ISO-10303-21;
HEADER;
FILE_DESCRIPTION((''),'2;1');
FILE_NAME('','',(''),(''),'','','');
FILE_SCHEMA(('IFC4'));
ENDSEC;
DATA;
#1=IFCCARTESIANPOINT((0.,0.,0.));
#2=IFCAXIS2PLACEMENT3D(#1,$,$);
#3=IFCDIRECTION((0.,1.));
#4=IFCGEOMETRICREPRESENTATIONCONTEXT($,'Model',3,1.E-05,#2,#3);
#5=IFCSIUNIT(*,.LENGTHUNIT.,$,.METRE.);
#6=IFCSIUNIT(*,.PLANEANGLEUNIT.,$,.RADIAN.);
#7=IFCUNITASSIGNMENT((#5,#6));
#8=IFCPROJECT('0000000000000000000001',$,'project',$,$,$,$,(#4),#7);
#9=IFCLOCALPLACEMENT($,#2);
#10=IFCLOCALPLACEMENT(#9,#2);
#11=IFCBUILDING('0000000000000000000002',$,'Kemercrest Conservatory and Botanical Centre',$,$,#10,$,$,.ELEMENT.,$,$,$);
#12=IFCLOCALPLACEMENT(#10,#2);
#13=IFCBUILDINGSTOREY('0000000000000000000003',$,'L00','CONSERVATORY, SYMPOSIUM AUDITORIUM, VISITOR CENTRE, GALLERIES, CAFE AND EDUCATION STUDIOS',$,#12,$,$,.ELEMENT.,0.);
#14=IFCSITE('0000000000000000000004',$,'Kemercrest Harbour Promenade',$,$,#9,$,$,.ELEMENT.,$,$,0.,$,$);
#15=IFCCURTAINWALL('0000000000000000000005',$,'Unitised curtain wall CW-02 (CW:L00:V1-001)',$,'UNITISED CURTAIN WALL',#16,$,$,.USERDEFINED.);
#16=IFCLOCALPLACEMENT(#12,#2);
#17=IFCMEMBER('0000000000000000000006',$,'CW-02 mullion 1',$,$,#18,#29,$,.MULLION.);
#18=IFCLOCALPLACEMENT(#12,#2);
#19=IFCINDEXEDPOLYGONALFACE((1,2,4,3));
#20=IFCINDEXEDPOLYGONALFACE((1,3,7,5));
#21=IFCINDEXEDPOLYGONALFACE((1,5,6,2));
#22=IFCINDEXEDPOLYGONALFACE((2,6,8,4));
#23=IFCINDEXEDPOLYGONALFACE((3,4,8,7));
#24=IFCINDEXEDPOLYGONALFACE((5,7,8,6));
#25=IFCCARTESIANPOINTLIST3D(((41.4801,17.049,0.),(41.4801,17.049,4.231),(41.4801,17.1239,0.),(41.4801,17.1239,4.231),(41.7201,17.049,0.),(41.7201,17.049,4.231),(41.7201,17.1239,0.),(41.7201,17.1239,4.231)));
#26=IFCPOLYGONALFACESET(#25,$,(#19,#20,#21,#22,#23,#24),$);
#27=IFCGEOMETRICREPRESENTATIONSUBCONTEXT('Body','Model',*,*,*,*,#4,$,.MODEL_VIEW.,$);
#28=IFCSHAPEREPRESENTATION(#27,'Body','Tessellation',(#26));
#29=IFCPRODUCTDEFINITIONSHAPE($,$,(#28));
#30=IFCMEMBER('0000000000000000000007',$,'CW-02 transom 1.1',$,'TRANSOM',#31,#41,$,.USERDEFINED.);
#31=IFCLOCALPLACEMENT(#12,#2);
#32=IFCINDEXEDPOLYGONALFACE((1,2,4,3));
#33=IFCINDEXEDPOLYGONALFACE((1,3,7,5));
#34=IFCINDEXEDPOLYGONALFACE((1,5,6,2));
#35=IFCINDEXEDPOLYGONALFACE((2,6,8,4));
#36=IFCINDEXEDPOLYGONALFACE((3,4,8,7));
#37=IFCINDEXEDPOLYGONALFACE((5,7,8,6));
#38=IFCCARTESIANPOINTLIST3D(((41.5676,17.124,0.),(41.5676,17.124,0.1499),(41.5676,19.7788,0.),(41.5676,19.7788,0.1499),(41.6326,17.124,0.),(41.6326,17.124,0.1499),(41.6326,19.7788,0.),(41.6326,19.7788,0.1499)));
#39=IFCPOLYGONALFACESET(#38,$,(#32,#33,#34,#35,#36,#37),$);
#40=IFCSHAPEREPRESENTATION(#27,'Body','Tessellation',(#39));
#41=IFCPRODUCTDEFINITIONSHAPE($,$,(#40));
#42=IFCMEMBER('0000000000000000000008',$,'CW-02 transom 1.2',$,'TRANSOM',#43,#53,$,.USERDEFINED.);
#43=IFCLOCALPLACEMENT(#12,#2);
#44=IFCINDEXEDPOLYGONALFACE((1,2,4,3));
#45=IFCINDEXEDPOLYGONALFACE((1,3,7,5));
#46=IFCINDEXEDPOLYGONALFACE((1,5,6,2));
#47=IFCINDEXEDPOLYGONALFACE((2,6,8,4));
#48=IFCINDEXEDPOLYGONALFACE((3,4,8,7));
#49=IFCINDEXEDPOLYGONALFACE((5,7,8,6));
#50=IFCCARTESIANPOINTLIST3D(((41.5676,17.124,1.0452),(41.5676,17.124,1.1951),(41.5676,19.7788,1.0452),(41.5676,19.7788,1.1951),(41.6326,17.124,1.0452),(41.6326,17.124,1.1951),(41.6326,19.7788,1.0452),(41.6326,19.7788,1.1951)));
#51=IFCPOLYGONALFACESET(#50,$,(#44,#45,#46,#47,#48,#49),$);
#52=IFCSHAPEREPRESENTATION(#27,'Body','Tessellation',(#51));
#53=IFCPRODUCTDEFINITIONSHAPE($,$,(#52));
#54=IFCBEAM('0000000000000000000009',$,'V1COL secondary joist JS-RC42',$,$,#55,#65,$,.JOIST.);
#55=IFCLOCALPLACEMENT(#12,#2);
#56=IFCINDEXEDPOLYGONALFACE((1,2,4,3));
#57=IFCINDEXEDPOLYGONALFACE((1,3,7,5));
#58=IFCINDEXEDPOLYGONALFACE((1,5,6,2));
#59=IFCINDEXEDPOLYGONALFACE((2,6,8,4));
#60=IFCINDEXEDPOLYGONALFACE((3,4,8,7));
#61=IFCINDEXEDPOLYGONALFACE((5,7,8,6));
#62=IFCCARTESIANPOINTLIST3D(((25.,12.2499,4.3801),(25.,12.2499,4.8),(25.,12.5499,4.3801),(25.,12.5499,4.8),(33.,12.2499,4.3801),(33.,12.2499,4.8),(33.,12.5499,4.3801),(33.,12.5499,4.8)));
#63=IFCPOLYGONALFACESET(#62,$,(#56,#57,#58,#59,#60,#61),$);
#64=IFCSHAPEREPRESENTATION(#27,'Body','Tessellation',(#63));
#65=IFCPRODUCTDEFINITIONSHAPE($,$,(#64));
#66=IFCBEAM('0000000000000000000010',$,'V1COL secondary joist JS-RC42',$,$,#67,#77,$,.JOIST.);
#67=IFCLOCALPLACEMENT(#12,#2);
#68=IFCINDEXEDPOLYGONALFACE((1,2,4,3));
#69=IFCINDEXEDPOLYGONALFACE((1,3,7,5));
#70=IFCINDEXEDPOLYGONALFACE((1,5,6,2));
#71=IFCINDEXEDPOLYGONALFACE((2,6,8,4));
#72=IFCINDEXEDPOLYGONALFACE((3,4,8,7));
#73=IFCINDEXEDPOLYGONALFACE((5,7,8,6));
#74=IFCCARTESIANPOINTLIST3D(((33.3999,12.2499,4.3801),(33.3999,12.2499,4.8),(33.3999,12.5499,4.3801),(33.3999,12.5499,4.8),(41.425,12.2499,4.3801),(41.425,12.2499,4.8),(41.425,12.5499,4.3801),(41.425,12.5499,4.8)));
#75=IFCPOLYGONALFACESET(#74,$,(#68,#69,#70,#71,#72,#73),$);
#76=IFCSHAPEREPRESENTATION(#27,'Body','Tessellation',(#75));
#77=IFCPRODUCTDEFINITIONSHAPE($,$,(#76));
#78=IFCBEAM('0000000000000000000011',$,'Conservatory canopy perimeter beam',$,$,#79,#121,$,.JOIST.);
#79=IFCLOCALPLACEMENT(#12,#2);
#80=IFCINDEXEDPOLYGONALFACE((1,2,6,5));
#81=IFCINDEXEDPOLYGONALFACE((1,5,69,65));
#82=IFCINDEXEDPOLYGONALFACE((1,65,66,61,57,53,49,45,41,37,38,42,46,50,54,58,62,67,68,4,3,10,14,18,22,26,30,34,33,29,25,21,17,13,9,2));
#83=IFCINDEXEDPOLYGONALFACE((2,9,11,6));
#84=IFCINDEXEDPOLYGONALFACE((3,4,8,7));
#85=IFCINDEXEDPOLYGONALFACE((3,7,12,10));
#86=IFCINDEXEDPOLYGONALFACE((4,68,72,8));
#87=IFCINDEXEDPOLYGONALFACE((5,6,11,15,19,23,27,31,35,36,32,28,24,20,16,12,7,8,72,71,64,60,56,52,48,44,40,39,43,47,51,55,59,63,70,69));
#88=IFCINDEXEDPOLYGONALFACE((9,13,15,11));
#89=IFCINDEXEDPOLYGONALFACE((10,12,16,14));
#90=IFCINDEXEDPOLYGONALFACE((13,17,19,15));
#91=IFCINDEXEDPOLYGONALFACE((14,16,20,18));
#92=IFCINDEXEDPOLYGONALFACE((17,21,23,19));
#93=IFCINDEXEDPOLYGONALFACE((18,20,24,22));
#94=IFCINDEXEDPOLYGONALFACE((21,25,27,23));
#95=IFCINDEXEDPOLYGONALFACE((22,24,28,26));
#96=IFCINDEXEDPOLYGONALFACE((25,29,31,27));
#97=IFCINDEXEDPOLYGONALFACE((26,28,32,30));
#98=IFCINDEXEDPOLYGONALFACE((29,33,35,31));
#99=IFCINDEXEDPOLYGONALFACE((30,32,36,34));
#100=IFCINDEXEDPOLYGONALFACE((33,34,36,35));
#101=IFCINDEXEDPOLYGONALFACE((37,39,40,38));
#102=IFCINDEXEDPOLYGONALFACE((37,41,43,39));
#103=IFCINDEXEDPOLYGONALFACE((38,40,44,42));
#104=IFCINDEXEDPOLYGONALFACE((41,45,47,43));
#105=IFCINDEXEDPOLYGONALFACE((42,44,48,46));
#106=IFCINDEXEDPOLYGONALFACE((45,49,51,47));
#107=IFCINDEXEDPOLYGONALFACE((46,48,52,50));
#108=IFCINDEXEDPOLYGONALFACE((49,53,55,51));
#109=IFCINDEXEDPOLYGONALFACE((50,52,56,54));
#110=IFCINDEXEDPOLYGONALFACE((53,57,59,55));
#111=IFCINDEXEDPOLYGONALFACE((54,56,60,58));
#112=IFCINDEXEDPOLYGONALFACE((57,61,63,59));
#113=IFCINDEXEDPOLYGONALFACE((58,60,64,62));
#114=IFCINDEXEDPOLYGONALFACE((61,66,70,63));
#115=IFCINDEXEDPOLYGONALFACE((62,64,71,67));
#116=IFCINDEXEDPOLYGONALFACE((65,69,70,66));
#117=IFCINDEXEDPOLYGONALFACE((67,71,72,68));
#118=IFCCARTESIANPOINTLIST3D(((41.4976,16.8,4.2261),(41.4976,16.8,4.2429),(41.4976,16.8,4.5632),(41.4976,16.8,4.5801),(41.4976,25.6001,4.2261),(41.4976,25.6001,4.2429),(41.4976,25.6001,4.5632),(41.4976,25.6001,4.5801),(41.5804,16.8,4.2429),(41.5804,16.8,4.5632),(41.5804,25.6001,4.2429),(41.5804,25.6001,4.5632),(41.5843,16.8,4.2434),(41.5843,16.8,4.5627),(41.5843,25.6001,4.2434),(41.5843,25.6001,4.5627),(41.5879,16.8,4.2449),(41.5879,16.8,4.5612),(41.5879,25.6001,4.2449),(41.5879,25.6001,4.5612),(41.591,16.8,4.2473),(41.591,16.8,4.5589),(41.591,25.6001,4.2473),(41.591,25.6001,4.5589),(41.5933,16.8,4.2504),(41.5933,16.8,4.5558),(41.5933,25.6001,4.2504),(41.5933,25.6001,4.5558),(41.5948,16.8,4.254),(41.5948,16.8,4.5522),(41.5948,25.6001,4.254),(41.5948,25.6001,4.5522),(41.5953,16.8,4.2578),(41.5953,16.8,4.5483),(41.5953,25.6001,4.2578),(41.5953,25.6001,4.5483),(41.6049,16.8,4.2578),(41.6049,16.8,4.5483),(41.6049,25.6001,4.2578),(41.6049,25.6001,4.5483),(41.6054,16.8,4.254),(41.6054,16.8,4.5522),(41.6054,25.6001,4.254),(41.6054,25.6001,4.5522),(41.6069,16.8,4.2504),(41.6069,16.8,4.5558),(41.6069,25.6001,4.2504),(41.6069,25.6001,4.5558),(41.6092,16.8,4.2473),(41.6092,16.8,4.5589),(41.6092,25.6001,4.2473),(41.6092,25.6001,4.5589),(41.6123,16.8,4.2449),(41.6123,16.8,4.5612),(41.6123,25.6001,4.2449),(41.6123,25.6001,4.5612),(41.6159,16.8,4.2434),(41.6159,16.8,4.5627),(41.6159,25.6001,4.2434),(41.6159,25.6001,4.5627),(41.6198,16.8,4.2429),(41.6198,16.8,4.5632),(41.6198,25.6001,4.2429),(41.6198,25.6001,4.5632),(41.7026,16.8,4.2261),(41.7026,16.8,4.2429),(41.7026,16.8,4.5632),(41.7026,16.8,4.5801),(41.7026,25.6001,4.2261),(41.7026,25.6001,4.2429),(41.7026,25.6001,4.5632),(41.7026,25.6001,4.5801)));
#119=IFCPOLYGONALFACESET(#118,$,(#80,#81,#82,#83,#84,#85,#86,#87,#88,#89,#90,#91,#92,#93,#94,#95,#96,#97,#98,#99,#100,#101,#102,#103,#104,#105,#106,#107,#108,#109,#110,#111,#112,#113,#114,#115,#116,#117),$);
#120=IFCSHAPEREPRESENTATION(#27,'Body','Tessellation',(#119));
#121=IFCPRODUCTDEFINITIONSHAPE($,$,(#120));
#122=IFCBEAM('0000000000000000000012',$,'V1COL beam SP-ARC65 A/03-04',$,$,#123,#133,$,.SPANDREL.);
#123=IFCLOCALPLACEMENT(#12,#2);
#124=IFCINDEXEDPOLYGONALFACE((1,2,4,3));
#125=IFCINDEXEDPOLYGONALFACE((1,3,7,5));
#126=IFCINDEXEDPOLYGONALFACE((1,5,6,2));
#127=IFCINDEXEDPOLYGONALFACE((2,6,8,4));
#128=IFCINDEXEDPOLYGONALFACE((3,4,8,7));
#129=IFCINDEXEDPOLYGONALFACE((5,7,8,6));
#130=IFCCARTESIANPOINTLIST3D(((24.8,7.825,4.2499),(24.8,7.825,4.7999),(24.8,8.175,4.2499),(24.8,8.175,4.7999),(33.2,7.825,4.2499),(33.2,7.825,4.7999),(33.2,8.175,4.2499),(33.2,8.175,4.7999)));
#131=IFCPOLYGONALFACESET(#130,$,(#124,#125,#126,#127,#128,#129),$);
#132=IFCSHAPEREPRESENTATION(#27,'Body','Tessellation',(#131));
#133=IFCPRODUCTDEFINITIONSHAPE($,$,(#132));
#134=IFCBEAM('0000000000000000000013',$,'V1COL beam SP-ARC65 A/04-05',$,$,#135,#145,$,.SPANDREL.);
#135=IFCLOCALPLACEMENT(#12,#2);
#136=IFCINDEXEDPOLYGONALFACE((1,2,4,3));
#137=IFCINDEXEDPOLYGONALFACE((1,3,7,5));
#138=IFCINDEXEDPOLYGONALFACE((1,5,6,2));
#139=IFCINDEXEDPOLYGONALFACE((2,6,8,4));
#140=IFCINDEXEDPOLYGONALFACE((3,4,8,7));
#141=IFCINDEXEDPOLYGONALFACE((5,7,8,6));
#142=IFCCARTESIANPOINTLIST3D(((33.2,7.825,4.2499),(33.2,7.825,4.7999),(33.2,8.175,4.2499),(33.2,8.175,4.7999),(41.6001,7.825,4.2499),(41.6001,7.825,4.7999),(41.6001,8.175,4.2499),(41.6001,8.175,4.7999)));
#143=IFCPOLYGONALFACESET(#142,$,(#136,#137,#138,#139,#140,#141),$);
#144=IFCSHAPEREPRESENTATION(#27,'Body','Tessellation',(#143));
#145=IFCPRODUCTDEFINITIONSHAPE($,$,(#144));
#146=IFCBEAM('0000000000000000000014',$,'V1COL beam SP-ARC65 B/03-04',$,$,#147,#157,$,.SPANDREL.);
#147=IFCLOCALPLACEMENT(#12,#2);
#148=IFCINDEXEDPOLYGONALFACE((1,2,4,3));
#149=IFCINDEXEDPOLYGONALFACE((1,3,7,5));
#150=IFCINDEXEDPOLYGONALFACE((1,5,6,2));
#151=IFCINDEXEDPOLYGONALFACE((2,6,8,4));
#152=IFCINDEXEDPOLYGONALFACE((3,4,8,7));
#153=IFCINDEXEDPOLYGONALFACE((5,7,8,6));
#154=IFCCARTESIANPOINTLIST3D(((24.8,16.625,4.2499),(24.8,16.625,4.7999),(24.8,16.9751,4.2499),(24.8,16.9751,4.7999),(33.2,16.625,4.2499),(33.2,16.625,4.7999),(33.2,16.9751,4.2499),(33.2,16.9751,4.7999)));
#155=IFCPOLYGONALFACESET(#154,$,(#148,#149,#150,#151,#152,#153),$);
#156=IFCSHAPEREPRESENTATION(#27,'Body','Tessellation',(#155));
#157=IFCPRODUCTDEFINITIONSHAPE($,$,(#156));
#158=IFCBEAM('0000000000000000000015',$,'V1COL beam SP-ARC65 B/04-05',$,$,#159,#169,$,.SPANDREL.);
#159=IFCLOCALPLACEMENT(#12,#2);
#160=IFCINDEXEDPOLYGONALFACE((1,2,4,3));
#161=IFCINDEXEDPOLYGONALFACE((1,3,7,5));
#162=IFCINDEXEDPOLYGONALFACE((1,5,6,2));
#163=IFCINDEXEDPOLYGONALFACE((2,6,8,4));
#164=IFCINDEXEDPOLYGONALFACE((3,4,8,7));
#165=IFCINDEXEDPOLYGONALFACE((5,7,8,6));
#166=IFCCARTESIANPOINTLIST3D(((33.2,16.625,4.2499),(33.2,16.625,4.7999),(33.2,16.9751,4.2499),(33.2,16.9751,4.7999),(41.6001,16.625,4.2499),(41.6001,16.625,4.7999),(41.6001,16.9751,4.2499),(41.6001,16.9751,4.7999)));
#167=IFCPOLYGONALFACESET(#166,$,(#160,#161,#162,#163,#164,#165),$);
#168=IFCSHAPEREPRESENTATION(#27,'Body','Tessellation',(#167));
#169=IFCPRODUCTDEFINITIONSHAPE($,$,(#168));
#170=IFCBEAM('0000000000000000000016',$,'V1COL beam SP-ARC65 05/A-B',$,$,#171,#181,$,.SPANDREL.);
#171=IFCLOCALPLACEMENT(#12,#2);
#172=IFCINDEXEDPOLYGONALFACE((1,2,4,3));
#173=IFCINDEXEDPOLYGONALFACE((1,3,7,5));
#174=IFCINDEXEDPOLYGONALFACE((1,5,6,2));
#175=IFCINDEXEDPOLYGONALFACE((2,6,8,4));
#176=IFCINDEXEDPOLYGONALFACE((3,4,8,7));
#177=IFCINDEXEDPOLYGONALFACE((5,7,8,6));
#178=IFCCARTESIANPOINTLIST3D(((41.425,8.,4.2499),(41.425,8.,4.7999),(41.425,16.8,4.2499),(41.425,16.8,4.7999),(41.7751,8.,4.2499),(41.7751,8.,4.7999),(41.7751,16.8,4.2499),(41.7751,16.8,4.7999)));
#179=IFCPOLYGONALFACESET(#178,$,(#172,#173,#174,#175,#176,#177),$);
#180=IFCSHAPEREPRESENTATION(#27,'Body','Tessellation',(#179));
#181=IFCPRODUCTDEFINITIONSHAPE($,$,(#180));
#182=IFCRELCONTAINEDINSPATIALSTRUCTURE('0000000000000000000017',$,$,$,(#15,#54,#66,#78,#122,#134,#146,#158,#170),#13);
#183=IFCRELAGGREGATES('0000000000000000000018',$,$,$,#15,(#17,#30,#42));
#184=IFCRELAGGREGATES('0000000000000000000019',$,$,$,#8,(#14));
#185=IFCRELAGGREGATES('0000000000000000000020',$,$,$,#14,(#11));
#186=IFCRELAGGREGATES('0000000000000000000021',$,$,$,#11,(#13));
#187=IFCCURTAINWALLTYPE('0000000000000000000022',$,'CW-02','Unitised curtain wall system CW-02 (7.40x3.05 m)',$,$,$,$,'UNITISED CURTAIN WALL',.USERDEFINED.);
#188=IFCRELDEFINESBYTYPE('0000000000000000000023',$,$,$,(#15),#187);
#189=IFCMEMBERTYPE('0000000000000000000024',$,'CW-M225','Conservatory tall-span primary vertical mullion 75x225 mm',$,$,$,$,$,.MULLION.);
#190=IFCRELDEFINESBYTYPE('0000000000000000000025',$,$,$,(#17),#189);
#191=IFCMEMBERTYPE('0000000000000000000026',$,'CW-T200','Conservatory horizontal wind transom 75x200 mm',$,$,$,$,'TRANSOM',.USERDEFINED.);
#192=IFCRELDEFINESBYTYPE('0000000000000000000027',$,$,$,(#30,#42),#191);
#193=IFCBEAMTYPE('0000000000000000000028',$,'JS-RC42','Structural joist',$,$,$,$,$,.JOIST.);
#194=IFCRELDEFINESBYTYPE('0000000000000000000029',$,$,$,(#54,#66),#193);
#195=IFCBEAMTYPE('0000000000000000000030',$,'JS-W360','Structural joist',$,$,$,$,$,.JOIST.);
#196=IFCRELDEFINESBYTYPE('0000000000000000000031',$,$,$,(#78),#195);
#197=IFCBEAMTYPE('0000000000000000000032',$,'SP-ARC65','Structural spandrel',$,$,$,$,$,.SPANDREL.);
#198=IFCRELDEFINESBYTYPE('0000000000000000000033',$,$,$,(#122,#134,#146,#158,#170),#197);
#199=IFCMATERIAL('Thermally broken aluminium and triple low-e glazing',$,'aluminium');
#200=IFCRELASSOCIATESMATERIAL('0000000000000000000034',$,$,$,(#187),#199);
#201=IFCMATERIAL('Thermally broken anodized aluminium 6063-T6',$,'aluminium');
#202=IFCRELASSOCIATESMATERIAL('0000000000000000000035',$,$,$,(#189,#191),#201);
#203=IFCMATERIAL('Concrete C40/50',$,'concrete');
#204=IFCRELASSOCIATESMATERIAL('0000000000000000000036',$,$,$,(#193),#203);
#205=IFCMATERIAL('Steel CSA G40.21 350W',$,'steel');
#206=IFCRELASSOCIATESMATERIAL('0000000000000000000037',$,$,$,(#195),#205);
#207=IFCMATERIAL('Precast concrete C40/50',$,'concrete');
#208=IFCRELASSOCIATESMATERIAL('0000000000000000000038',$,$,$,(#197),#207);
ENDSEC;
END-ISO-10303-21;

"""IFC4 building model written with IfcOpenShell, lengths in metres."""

from ifc_helpers import new_model, si_unit, direction, frame, origin, origin_2d, place, context, subcontext, project, spatial, rectangle, i_section, extrude, material, material_profile, profile_set, type_object, element, aggregate, save


model = new_model("IFC4")

# Units and contexts
model_context = context("Model", 3, precision=1e-05, world=origin(), true_north=direction((0.0, 1.0)))
body_context = subcontext(model_context, "Body", "Model", "MODEL_VIEW")
ifc_project = project(units=[si_unit("LENGTHUNIT", "METRE"), si_unit("PLANEANGLEUNIT", "RADIAN")], contexts=[model_context])

# Site, building, storey
site_placement = place(None, origin())
site = spatial("IfcSite", under=ifc_project, at=site_placement, Name="Kemercrest Harbour Promenade", CompositionType="ELEMENT", RefElevation=0.0)
building_placement = place(site_placement, origin())
building = spatial("IfcBuilding", under=site, at=building_placement, Name="Kemercrest Conservatory and Botanical Centre", CompositionType="ELEMENT")
storey_placement = place(building_placement, origin())
storey = spatial("IfcBuildingStorey", under=building, at=storey_placement, Name="L00", Description="CONSERVATORY, SYMPOSIUM AUDITORIUM, VISITOR CENTRE, GALLERIES, CAFE AND EDUCATION STUDIOS", CompositionType="ELEMENT", Elevation=0.0)

# Shared definitions
ifc_material_1 = material(Name="Steel CSA G40.21 350W", Category="steel")
ifc_material_2 = material(Name="Precast concrete C40/50", Category="concrete")

# Shared definitions
ifc_material_3 = material(Name="Concrete C40/50", Category="concrete")

# Curtain wall, members
ifc_material_4 = material(Name="Thermally broken aluminium and triple low-e glazing", Category="aluminium")
curtain_wall_type = type_object("IfcCurtainWallType", Name="CW-02", Description="Unitised curtain wall system CW-02 (7.40x3.05 m)", ElementType="UNITISED CURTAIN WALL", PredefinedType="USERDEFINED", material=ifc_material_4)
curtain_wall_placement = place(storey_placement, origin())
curtain_wall = element("IfcCurtainWall", 1, at=curtain_wall_placement, inside=storey, type_object=curtain_wall_type, Name="Unitised curtain wall CW-02 (CW:L00:V1-001)", ObjectType="UNITISED CURTAIN WALL", PredefinedType="USERDEFINED")
ifc_material_5 = material(Name="Thermally broken anodized aluminium 6063-T6", Category="aluminium")
ifc_material_profile_1 = material_profile(ifc_material_5, rectangle(XDim=0.24, YDim=0.075, at=origin_2d()), Name="AL MULLION 75x240")
ifc_profile_set_1 = profile_set([ifc_material_profile_1], Name="Thermally broken anodized aluminium 6063-T6")
member_type_1 = type_object("IfcMemberType", Name="CW-M225", Description="Conservatory tall-span primary vertical mullion 75x225 mm", PredefinedType="MULLION", material=ifc_profile_set_1)
member_1_placement = place(storey_placement, frame((41.6001, 17.0864, 0.0), z_axis=(0.0, 0.0, 1.0), x_axis=(-1.0, 0.0, 0.0)))
member_1 = element("IfcMember", 2, at=member_1_placement, type_object=member_type_1, Name="CW-02 mullion 1", PredefinedType="MULLION", context=body_context, shape_type="SweptSolid", body=[
    extrude(rectangle(XDim=0.24, YDim=0.075, at=origin_2d()), origin(), (0.0, 0.0, 1.0), 4.231),
])
ifc_material_profile_2 = material_profile(ifc_material_5, rectangle(XDim=0.0649, YDim=0.1499, at=origin_2d()), Name="AL TRANSOM 65x150")
ifc_profile_set_2 = profile_set([ifc_material_profile_2], Name="Thermally broken anodized aluminium 6063-T6")
member_type_2 = type_object("IfcMemberType", Name="CW-T200", Description="Conservatory horizontal wind transom 75x200 mm", ElementType="TRANSOM", PredefinedType="USERDEFINED", material=ifc_profile_set_2)
member_2_placement = place(storey_placement, frame((41.6001, 17.124, 0.075), z_axis=(0.0, 1.0, 0.0), x_axis=(-1.0, 0.0, 0.0)))
member_2 = element("IfcMember", 3, at=member_2_placement, type_object=member_type_2, Name="CW-02 transom 1.1", ObjectType="TRANSOM", PredefinedType="USERDEFINED", context=body_context, shape_type="SweptSolid", body=[
    extrude(rectangle(XDim=0.0649, YDim=0.1499, at=origin_2d()), origin(), (0.0, 0.0, 1.0), 2.6548),
])
member_3_placement = place(storey_placement, frame((41.6001, 17.124, 1.1201), z_axis=(0.0, 1.0, 0.0), x_axis=(-1.0, 0.0, 0.0)))
member_3 = element("IfcMember", 4, at=member_3_placement, type_object=member_type_2, Name="CW-02 transom 1.2", ObjectType="TRANSOM", PredefinedType="USERDEFINED", context=body_context, shape_type="SweptSolid", body=[
    extrude(rectangle(XDim=0.0649, YDim=0.1499, at=origin_2d()), origin(), (0.0, 0.0, 1.0), 2.6548),
])
aggregate(curtain_wall, [member_1, member_2, member_3])

# Beams
ifc_material_profile_3 = material_profile(ifc_material_3, rectangle(XDim=0.3, YDim=0.4199, at=origin_2d()), Name="RC 300x420")
ifc_profile_set_3 = profile_set([ifc_material_profile_3], Name="Concrete C40/50")
beam_type_1 = type_object("IfcBeamType", Name="JS-RC42", Description="Structural joist", PredefinedType="JOIST", material=ifc_profile_set_3)
beam_1_placement = place(storey_placement, frame((25.0, 12.3999, 4.5901), z_axis=(1.0, 0.0, 0.0), x_axis=(0.0, 1.0, 0.0)))
element("IfcBeam", 5, at=beam_1_placement, inside=storey, type_object=beam_type_1, Name="V1COL secondary joist JS-RC42", PredefinedType="JOIST", context=body_context, shape_type="SweptSolid", body=[
    extrude(rectangle(XDim=0.3, YDim=0.4199, at=origin_2d()), origin(), (0.0, 0.0, 1.0), 8.0),
])
beam_2_placement = place(storey_placement, frame((33.3999, 12.3999, 4.5901), z_axis=(1.0, 0.0, 0.0), x_axis=(0.0, 1.0, 0.0)))
element("IfcBeam", 6, at=beam_2_placement, inside=storey, type_object=beam_type_1, Name="V1COL secondary joist JS-RC42", PredefinedType="JOIST", context=body_context, shape_type="SweptSolid", body=[
    extrude(rectangle(XDim=0.3, YDim=0.4199, at=origin_2d()), origin(), (0.0, 0.0, 1.0), 8.0251),
])
ifc_material_profile_4 = material_profile(ifc_material_1, i_section(OverallWidth=0.2051, OverallDepth=0.354, WebThickness=0.0095, FlangeThickness=0.0168, FilletRadius=0.0149, at=origin_2d()), Name="W360X79")
ifc_profile_set_4 = profile_set([ifc_material_profile_4], Name="Steel CSA G40.21 350W")
beam_type_2 = type_object("IfcBeamType", Name="JS-W360", Description="Structural joist", PredefinedType="JOIST", material=ifc_profile_set_4)
beam_3_placement = place(storey_placement, frame((41.6001, 16.8, 4.4031), z_axis=(0.0, 1.0, 0.0), x_axis=(-1.0, 0.0, 0.0)))
element("IfcBeam", 7, at=beam_3_placement, inside=storey, type_object=beam_type_2, Name="Conservatory canopy perimeter beam", PredefinedType="JOIST", context=body_context, shape_type="SweptSolid", body=[
    extrude(i_section(OverallWidth=0.2051, OverallDepth=0.354, WebThickness=0.0095, FlangeThickness=0.0168, FilletRadius=0.0149, at=origin_2d()), origin(), (0.0, 0.0, 1.0), 8.8),
])
ifc_material_profile_5 = material_profile(ifc_material_2, rectangle(XDim=0.3501, YDim=0.55, at=origin_2d()), Name="RC 350x550")
ifc_profile_set_5 = profile_set([ifc_material_profile_5], Name="Precast concrete C40/50")
beam_type_3 = type_object("IfcBeamType", Name="SP-ARC65", Description="Structural spandrel", PredefinedType="SPANDREL", material=ifc_profile_set_5)
beam_4_placement = place(storey_placement, frame((24.8, 8.0, 4.5249), z_axis=(1.0, 0.0, 0.0), x_axis=(0.0, 1.0, 0.0)))
element("IfcBeam", 8, at=beam_4_placement, inside=storey, type_object=beam_type_3, Name="V1COL beam SP-ARC65 A/03-04", PredefinedType="SPANDREL", context=body_context, shape_type="SweptSolid", body=[
    extrude(rectangle(XDim=0.3501, YDim=0.55, at=origin_2d()), origin(), (0.0, 0.0, 1.0), 8.3999),
])
beam_5_placement = place(storey_placement, frame((33.2, 8.0, 4.5249), z_axis=(1.0, 0.0, 0.0), x_axis=(0.0, 1.0, 0.0)))
element("IfcBeam", 9, at=beam_5_placement, inside=storey, type_object=beam_type_3, Name="V1COL beam SP-ARC65 A/04-05", PredefinedType="SPANDREL", context=body_context, shape_type="SweptSolid", body=[
    extrude(rectangle(XDim=0.3501, YDim=0.55, at=origin_2d()), origin(), (0.0, 0.0, 1.0), 8.4001),
])
beam_6_placement = place(storey_placement, frame((24.8, 16.8, 4.5249), z_axis=(1.0, 0.0, 0.0), x_axis=(0.0, 1.0, 0.0)))
element("IfcBeam", 10, at=beam_6_placement, inside=storey, type_object=beam_type_3, Name="V1COL beam SP-ARC65 B/03-04", PredefinedType="SPANDREL", context=body_context, shape_type="SweptSolid", body=[
    extrude(rectangle(XDim=0.3501, YDim=0.55, at=origin_2d()), origin(), (0.0, 0.0, 1.0), 8.3999),
])
beam_7_placement = place(storey_placement, frame((33.2, 16.8, 4.5249), z_axis=(1.0, 0.0, 0.0), x_axis=(0.0, 1.0, 0.0)))
element("IfcBeam", 11, at=beam_7_placement, inside=storey, type_object=beam_type_3, Name="V1COL beam SP-ARC65 B/04-05", PredefinedType="SPANDREL", context=body_context, shape_type="SweptSolid", body=[
    extrude(rectangle(XDim=0.3501, YDim=0.55, at=origin_2d()), origin(), (0.0, 0.0, 1.0), 8.4001),
])
beam_8_placement = place(storey_placement, frame((41.6001, 8.0, 4.5249), z_axis=(0.0, 1.0, 0.0), x_axis=(-1.0, 0.0, 0.0)))
element("IfcBeam", 12, at=beam_8_placement, inside=storey, type_object=beam_type_3, Name="V1COL beam SP-ARC65 05/A-B", PredefinedType="SPANDREL", context=body_context, shape_type="SweptSolid", body=[
    extrude(rectangle(XDim=0.3501, YDim=0.55, at=origin_2d()), origin(), (0.0, 0.0, 1.0), 8.8),
])

save(model, "model.ifc")
